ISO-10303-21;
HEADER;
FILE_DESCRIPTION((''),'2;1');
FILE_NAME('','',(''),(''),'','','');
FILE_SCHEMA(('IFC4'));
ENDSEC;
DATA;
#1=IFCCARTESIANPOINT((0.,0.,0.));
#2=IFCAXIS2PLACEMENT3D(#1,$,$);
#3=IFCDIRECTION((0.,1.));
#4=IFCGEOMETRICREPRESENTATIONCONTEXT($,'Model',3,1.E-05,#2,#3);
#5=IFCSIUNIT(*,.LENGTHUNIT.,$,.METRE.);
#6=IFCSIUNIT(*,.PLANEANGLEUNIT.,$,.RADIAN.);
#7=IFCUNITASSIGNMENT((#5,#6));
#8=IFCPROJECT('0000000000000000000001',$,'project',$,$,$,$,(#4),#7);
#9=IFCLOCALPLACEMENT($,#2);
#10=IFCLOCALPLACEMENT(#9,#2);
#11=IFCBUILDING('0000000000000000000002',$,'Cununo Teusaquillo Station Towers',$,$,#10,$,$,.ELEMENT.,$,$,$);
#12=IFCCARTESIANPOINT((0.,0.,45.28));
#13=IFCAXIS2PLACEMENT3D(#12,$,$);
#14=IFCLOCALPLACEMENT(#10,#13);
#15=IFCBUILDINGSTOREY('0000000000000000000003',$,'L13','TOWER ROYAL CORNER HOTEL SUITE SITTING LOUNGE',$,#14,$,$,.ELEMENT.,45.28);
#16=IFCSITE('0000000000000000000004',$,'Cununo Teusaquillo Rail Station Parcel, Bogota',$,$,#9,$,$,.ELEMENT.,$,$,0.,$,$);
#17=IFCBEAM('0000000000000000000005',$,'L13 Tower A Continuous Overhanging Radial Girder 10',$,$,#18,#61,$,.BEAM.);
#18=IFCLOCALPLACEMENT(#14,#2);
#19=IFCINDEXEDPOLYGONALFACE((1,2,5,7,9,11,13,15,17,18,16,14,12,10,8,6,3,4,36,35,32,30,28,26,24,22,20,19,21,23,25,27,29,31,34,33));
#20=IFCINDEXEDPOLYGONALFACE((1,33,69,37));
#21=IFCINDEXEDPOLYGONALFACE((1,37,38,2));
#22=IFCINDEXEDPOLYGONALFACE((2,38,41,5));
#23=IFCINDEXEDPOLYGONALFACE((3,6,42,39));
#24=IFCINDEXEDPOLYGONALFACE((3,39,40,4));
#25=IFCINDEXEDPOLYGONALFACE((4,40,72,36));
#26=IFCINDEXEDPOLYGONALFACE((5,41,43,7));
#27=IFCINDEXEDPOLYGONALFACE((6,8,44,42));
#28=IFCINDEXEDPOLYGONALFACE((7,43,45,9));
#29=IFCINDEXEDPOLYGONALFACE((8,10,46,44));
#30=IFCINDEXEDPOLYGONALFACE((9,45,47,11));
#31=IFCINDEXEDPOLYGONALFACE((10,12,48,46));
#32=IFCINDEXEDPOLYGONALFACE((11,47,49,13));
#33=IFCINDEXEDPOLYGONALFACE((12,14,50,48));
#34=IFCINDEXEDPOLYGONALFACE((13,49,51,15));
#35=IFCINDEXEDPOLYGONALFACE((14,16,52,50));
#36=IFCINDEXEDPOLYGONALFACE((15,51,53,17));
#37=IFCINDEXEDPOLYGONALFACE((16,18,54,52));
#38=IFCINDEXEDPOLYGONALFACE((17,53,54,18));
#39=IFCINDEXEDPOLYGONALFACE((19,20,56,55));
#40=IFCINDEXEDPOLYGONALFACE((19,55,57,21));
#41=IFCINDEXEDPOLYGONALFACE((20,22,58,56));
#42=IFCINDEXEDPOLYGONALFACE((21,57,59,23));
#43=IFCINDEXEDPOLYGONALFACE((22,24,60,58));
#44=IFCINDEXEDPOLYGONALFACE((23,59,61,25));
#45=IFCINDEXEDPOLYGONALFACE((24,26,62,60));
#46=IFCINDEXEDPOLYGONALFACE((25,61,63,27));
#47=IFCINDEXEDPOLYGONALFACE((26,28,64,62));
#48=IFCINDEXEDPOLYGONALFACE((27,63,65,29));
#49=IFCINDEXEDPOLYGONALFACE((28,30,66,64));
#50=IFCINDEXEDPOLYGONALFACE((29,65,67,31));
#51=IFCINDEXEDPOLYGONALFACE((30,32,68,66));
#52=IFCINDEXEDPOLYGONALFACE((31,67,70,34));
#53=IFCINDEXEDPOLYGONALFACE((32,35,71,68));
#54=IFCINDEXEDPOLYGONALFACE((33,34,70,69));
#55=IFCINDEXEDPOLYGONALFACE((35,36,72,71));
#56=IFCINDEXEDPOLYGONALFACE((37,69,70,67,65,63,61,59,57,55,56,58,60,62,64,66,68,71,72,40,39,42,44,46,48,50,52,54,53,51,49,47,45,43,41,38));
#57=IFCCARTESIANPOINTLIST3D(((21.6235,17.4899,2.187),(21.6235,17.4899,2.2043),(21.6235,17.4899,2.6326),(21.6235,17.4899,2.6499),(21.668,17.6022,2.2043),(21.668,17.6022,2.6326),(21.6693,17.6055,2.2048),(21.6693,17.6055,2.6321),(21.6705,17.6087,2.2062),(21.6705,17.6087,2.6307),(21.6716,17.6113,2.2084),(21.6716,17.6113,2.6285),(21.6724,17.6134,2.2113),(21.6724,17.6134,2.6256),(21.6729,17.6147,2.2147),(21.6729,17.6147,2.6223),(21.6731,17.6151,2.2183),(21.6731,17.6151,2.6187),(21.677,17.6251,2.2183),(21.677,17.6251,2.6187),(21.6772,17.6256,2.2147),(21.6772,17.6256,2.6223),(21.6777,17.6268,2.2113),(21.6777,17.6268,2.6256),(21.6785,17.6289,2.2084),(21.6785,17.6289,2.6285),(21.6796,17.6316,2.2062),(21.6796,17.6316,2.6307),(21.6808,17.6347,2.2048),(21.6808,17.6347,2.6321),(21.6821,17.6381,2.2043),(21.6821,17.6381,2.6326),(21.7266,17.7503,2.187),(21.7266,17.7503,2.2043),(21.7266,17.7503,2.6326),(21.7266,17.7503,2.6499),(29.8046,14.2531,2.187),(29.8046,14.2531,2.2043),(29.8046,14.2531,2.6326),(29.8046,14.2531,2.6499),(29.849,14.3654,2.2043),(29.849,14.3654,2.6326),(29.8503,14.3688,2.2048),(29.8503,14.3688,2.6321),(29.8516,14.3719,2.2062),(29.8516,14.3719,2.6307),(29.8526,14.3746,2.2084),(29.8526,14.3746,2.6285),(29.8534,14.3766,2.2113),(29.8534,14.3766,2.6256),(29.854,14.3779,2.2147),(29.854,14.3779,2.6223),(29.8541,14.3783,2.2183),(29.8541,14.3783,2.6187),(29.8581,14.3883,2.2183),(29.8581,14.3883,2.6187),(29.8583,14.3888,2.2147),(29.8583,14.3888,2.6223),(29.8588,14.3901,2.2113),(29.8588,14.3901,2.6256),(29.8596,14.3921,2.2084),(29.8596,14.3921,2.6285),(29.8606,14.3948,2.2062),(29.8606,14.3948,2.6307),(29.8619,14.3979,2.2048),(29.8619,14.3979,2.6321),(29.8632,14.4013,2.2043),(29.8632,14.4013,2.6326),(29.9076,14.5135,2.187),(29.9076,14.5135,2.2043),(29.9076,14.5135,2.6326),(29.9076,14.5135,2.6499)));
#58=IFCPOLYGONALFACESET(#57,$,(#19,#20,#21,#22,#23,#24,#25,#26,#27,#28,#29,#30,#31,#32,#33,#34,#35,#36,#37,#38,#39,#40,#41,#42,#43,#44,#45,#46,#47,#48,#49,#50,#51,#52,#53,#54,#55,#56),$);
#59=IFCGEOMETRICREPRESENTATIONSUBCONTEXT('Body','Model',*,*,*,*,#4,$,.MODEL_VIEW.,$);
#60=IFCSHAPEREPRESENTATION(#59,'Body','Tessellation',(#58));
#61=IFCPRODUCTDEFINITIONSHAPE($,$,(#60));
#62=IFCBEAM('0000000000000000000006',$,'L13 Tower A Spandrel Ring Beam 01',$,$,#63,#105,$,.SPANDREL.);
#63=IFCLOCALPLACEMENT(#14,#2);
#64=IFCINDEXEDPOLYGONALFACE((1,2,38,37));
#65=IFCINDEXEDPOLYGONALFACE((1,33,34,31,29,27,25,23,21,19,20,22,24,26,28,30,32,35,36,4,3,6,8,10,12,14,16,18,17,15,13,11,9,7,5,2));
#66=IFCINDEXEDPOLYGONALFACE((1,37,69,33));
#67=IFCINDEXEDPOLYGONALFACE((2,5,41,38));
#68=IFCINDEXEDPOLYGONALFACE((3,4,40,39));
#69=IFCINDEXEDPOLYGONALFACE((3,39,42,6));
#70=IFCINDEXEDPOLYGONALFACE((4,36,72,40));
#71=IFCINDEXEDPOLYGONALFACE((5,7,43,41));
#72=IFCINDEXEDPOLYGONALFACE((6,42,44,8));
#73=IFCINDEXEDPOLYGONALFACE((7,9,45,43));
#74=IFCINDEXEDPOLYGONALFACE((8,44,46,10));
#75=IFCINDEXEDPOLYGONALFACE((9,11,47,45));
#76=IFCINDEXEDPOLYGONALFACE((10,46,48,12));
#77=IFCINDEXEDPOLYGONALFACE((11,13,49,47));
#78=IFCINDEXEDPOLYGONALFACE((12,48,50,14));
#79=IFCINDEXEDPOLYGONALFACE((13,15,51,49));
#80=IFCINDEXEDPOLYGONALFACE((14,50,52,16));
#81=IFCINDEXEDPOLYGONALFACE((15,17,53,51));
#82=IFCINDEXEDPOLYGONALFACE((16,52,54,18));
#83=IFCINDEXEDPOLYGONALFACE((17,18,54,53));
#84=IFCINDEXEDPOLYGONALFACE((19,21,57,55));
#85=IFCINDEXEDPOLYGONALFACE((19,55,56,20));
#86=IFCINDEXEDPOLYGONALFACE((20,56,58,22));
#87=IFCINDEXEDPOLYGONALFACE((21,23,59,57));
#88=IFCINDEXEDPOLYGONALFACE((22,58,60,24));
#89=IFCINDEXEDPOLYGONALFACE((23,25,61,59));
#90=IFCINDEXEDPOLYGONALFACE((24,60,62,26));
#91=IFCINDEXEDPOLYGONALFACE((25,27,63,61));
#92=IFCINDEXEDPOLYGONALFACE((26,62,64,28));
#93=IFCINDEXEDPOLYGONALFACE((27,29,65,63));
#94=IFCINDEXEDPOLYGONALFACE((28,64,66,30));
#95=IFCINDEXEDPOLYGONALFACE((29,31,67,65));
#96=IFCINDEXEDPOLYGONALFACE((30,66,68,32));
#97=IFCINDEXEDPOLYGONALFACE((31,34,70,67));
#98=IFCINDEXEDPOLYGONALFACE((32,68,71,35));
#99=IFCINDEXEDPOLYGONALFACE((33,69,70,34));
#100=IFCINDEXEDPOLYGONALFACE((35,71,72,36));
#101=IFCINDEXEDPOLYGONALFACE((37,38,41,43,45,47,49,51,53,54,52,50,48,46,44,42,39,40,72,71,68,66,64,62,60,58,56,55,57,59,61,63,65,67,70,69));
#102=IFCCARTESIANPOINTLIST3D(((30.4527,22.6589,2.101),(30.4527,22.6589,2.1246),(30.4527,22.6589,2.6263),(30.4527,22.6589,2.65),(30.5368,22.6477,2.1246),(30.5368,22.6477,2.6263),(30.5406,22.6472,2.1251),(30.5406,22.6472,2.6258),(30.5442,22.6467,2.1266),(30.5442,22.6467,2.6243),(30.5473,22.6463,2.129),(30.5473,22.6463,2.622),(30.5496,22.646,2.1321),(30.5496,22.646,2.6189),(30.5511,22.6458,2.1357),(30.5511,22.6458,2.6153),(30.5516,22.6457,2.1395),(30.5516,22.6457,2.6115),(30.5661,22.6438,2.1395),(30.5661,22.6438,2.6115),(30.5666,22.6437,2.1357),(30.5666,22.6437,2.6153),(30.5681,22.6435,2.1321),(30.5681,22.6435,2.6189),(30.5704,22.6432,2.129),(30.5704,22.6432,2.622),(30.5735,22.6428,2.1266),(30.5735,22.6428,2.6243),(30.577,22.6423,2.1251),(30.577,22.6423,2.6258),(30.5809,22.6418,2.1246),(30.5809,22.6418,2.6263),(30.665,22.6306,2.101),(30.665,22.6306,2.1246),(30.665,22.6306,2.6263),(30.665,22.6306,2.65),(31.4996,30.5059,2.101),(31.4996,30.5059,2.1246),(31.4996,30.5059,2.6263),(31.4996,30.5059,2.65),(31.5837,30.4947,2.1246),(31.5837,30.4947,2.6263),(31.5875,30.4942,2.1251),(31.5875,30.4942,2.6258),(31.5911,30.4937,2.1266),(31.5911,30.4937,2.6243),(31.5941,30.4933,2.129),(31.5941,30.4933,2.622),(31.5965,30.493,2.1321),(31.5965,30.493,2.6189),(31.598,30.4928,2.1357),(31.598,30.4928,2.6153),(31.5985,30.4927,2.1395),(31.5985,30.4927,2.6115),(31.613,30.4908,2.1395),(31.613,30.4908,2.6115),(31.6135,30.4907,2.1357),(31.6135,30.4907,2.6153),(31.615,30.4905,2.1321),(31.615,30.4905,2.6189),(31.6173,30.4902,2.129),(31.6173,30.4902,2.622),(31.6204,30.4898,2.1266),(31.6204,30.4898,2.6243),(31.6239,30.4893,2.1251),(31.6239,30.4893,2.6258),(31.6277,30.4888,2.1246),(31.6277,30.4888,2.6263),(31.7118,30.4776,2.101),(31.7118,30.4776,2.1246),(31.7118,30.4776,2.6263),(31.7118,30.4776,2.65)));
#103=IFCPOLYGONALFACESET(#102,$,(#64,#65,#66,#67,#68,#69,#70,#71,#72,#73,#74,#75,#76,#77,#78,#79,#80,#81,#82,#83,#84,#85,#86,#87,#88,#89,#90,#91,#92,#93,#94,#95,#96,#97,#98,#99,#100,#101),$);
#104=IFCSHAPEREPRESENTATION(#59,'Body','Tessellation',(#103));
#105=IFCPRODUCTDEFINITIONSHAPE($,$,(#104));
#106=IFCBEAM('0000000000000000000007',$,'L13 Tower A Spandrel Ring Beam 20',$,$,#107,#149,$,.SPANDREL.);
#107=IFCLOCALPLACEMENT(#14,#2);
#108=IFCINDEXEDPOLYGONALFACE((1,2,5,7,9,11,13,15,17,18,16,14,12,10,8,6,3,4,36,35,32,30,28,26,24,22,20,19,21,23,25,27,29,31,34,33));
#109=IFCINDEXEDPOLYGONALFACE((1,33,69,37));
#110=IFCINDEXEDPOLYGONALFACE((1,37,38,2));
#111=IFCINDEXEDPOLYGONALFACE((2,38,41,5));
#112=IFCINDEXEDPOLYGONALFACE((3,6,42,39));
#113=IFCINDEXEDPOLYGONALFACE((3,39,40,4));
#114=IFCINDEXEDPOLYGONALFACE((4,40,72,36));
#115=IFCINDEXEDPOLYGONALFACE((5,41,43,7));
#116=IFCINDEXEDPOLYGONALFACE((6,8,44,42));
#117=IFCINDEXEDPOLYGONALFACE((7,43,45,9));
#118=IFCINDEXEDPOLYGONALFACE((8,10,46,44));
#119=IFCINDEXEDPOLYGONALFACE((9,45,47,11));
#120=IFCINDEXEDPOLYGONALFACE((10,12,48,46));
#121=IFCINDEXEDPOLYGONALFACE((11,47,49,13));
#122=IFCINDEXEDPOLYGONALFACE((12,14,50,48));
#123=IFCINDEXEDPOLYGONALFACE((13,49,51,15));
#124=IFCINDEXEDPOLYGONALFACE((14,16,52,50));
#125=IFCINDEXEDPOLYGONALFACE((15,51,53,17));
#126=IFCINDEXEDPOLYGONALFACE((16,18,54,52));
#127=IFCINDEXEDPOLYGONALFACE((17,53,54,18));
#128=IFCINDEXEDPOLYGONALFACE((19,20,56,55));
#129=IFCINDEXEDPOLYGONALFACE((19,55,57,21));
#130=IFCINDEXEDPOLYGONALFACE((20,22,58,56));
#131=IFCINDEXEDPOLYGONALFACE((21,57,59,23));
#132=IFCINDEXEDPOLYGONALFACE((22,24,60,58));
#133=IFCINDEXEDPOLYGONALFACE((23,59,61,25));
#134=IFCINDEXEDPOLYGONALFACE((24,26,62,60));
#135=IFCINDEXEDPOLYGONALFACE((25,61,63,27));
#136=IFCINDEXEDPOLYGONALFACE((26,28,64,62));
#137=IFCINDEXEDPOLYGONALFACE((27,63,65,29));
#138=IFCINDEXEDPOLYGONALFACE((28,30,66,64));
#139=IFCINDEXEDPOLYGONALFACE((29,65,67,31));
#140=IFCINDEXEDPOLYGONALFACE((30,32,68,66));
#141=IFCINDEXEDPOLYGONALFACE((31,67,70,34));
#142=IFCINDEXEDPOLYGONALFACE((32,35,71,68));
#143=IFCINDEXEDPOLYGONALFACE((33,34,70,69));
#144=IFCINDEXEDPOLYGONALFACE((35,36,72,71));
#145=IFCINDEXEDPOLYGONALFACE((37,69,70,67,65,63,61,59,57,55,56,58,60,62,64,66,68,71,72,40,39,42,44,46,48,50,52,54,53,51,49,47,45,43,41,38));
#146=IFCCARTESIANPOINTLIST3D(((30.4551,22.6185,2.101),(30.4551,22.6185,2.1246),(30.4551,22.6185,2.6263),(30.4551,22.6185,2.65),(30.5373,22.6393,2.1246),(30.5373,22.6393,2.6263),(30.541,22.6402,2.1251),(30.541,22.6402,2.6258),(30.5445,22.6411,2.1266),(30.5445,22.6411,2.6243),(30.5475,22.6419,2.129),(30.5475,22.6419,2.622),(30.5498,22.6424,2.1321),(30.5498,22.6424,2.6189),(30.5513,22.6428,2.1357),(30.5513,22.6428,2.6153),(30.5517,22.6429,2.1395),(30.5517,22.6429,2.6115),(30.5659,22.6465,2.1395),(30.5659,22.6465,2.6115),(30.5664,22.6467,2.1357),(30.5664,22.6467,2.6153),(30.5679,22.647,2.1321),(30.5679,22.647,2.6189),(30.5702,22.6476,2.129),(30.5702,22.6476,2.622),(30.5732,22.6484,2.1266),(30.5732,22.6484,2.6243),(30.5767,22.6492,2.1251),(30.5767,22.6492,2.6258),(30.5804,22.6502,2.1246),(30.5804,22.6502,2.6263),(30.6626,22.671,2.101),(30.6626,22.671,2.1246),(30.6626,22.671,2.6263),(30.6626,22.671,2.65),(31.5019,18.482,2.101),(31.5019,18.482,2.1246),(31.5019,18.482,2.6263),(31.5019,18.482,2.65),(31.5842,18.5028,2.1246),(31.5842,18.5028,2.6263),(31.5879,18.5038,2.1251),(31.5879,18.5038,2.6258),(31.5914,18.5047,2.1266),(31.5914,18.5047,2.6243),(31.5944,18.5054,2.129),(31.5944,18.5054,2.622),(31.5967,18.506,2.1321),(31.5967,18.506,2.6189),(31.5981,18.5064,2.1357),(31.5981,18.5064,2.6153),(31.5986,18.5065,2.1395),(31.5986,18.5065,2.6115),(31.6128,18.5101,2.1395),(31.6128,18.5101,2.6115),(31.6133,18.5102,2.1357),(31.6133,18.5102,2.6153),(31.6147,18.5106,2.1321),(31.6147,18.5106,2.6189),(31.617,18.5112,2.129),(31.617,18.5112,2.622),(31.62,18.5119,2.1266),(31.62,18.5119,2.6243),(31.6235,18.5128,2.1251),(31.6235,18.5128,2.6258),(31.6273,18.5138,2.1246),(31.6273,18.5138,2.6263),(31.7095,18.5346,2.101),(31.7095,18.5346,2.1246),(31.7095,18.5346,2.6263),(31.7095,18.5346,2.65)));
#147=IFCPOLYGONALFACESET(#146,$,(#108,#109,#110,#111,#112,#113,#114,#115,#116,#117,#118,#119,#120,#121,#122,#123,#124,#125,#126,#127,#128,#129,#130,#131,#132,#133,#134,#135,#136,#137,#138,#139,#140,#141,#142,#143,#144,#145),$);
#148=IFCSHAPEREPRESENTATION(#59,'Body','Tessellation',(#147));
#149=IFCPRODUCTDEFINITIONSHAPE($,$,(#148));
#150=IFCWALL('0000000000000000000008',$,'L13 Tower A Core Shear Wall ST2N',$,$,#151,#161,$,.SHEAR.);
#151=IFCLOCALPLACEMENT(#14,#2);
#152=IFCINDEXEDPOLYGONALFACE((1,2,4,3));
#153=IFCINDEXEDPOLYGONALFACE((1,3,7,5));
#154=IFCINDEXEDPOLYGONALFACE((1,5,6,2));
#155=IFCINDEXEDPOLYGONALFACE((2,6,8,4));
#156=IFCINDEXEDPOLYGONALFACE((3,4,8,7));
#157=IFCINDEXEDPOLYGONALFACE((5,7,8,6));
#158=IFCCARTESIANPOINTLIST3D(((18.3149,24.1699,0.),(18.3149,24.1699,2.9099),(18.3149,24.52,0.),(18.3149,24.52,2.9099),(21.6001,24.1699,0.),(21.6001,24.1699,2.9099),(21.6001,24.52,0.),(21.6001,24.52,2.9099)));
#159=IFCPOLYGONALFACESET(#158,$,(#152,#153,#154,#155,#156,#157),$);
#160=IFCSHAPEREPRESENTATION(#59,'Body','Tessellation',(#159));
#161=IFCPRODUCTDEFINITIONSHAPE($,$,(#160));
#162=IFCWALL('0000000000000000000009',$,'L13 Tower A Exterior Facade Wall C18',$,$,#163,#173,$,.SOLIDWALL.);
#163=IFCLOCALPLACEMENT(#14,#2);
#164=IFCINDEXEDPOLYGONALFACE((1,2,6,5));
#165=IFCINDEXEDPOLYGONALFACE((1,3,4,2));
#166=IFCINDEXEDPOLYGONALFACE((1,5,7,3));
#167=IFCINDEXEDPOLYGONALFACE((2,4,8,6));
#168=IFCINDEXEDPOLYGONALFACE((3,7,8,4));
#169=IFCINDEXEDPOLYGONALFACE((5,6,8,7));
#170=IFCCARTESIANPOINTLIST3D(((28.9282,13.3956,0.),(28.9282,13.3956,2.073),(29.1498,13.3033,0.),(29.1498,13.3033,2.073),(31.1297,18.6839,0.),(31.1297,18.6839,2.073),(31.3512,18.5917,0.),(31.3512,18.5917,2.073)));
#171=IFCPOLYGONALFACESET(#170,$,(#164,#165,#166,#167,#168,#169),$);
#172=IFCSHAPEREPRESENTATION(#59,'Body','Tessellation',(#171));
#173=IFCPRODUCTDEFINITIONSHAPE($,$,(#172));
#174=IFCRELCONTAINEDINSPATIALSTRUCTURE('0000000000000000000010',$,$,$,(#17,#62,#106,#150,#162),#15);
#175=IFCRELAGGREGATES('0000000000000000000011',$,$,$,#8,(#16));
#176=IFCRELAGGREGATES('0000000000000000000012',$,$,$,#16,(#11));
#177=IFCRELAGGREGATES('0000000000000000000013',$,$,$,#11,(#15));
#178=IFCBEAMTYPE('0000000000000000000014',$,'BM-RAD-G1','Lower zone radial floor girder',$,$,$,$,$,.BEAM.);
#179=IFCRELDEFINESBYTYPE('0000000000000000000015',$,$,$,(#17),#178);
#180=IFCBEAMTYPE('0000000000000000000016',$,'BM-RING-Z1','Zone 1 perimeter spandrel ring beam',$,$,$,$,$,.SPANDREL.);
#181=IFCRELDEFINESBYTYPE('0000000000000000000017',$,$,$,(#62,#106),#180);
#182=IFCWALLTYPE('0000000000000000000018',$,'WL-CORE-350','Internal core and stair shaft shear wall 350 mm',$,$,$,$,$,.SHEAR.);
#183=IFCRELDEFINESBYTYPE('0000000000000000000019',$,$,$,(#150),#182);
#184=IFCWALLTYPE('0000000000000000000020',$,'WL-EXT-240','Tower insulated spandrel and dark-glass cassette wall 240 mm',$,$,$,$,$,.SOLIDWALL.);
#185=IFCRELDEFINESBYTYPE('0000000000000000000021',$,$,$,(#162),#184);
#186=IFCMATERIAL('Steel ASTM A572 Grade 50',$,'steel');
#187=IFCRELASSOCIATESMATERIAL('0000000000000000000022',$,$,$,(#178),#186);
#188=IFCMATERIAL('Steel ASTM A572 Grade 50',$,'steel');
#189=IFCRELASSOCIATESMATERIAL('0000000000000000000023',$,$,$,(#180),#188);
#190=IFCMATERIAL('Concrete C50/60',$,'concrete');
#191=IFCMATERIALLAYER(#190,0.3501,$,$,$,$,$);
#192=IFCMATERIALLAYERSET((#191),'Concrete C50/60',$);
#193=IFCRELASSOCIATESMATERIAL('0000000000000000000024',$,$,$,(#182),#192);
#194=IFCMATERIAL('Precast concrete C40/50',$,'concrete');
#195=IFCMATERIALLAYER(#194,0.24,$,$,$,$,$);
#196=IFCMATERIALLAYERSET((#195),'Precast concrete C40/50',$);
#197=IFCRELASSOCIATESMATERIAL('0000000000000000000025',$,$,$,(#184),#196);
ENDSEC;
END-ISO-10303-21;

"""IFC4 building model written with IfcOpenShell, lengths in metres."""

from ifc_helpers import new_model, si_unit, direction, frame, frame_2d, origin, origin_2d, place, context, subcontext, project, spatial, rectangle, i_section, extrude, material, layer, layer_set, material_profile, profile_set, type_object, element, save


model = new_model("IFC4")

# Units and contexts
model_context = context("Model", 3, precision=1e-05, world=origin(), true_north=direction((0.0, 1.0)))
body_context = subcontext(model_context, "Body", "Model", "MODEL_VIEW")
ifc_project = project(units=[si_unit("LENGTHUNIT", "METRE"), si_unit("PLANEANGLEUNIT", "RADIAN")], contexts=[model_context])

# Site, building, storey
site_placement = place(None, origin())
site = spatial("IfcSite", under=ifc_project, at=site_placement, Name="Cununo Teusaquillo Rail Station Parcel, Bogota", CompositionType="ELEMENT", RefElevation=0.0)
building_placement = place(site_placement, origin())
building = spatial("IfcBuilding", under=site, at=building_placement, Name="Cununo Teusaquillo Station Towers", CompositionType="ELEMENT")
storey_placement = place(building_placement, frame((0.0, 0.0, 45.28)))
storey = spatial("IfcBuildingStorey", under=building, at=storey_placement, Name="L13", Description="TOWER ROYAL CORNER HOTEL SUITE SITTING LOUNGE", CompositionType="ELEMENT", Elevation=45.28)

# Beams
ifc_material_1 = material(Name="Steel ASTM A572 Grade 50", Category="steel")
ifc_material_profile_1 = material_profile(ifc_material_1, i_section(OverallWidth=0.28, OverallDepth=0.4629, WebThickness=0.0107, FlangeThickness=0.0173, FilletRadius=0.0139, at=origin_2d()), Name="W18X76")
ifc_profile_set_1 = profile_set([ifc_material_profile_1], Name="Steel ASTM A572 Grade 50")
beam_type_1 = type_object("IfcBeamType", Name="BM-RAD-G1", Description="Lower zone radial floor girder", PredefinedType="BEAM", material=ifc_profile_set_1)
beam_1_placement = place(storey_placement, frame((21.675, 17.6201, 2.4185), z_axis=(0.929867, -0.367896, 0.0), x_axis=(0.367896, 0.929867, 0.0)))
element("IfcBeam", 1, at=beam_1_placement, inside=storey, type_object=beam_type_1, Name="L13 Tower A Continuous Overhanging Radial Girder 10", PredefinedType="BEAM", context=body_context, shape_type="SweptSolid", body=[
    extrude(i_section(OverallWidth=0.28, OverallDepth=0.4629, WebThickness=0.0107, FlangeThickness=0.0173, FilletRadius=0.0139, at=origin_2d()), origin(), (0.0, 0.0, 1.0), 8.7981),
])
ifc_material_2 = material(Name="Steel ASTM A572 Grade 50", Category="steel")
ifc_material_profile_2 = material_profile(ifc_material_2, i_section(OverallWidth=0.2141, OverallDepth=0.5491, WebThickness=0.0146, FlangeThickness=0.0237, FilletRadius=0.0149, at=origin_2d()), Name="W21X93")
ifc_profile_set_2 = profile_set([ifc_material_profile_2], Name="Steel ASTM A572 Grade 50")
beam_type_2 = type_object("IfcBeamType", Name="BM-RING-Z1", Description="Zone 1 perimeter spandrel ring beam", PredefinedType="SPANDREL", material=ifc_profile_set_2)
beam_2_placement = place(storey_placement, frame((30.5588, 22.6448, 2.3755), z_axis=(0.13224, 0.991218, 0.0), x_axis=(-0.991218, 0.13224, 0.0)))
element("IfcBeam", 2, at=beam_2_placement, inside=storey, type_object=beam_type_2, Name="L13 Tower A Spandrel Ring Beam 01", PredefinedType="SPANDREL", context=body_context, shape_type="SweptSolid", body=[
    extrude(i_section(OverallWidth=0.2141, OverallDepth=0.5491, WebThickness=0.0146, FlangeThickness=0.0237, FilletRadius=0.0149, at=origin_2d()), origin(), (0.0, 0.0, 1.0), 7.9165),
])
beam_3_placement = place(storey_placement, frame((31.6057, 18.5083, 2.3755), z_axis=(-0.245348, 0.969435, 0.0), x_axis=(-0.969435, -0.245348, 0.0)))
element("IfcBeam", 3, at=beam_3_placement, inside=storey, type_object=beam_type_2, Name="L13 Tower A Spandrel Ring Beam 20", PredefinedType="SPANDREL", context=body_context, shape_type="SweptSolid", body=[
    extrude(i_section(OverallWidth=0.2141, OverallDepth=0.5491, WebThickness=0.0146, FlangeThickness=0.0237, FilletRadius=0.0149, at=origin_2d()), origin(), (0.0, 0.0, 1.0), 4.2668),
])

# Walls
ifc_material_3 = material(Name="Concrete C50/60", Category="concrete")
ifc_layer_1 = layer(ifc_material_3, 0.3501)
ifc_layer_set_1 = layer_set([ifc_layer_1], Name="Concrete C50/60")
wall_type_1 = type_object("IfcWallType", Name="WL-CORE-350", Description="Internal core and stair shaft shear wall 350 mm", PredefinedType="SHEAR", material=ifc_layer_set_1)
wall_1_placement = place(storey_placement, frame((18.3149, 24.345, 0.0), z_axis=(0.0, 0.0, 1.0), x_axis=(1.0, 0.0, 0.0)))
element("IfcWall", 4, at=wall_1_placement, inside=storey, type_object=wall_type_1, Name="L13 Tower A Core Shear Wall ST2N", PredefinedType="SHEAR", context=body_context, shape_type="SweptSolid", body=[
    extrude(rectangle(XDim=3.2852, YDim=0.3501, at=frame_2d((1.6426, 0.0))), origin(), (0.0, 0.0, 1.0), 2.9099),
])
ifc_material_4 = material(Name="Precast concrete C40/50", Category="concrete")
ifc_layer_2 = layer(ifc_material_4, 0.24)
ifc_layer_set_2 = layer_set([ifc_layer_2], Name="Precast concrete C40/50")
wall_type_2 = type_object("IfcWallType", Name="WL-EXT-240", Description="Tower insulated spandrel and dark-glass cassette wall 240 mm", PredefinedType="SOLIDWALL", material=ifc_layer_set_2)
wall_2_placement = place(storey_placement, frame((31.2405, 18.6379, 0.0), z_axis=(0.0, 0.0, 1.0), x_axis=(-0.38431, -0.923204, 0.0)))
element("IfcWall", 5, at=wall_2_placement, inside=storey, type_object=wall_type_2, Name="L13 Tower A Exterior Facade Wall C18", PredefinedType="SOLIDWALL", context=body_context, shape_type="SweptSolid", body=[
    extrude(rectangle(XDim=5.7283, YDim=0.24, at=frame_2d((2.8643, 0.0))), origin(), (0.0, 0.0, 1.0), 2.073),
])

save(model, "model.ifc")
